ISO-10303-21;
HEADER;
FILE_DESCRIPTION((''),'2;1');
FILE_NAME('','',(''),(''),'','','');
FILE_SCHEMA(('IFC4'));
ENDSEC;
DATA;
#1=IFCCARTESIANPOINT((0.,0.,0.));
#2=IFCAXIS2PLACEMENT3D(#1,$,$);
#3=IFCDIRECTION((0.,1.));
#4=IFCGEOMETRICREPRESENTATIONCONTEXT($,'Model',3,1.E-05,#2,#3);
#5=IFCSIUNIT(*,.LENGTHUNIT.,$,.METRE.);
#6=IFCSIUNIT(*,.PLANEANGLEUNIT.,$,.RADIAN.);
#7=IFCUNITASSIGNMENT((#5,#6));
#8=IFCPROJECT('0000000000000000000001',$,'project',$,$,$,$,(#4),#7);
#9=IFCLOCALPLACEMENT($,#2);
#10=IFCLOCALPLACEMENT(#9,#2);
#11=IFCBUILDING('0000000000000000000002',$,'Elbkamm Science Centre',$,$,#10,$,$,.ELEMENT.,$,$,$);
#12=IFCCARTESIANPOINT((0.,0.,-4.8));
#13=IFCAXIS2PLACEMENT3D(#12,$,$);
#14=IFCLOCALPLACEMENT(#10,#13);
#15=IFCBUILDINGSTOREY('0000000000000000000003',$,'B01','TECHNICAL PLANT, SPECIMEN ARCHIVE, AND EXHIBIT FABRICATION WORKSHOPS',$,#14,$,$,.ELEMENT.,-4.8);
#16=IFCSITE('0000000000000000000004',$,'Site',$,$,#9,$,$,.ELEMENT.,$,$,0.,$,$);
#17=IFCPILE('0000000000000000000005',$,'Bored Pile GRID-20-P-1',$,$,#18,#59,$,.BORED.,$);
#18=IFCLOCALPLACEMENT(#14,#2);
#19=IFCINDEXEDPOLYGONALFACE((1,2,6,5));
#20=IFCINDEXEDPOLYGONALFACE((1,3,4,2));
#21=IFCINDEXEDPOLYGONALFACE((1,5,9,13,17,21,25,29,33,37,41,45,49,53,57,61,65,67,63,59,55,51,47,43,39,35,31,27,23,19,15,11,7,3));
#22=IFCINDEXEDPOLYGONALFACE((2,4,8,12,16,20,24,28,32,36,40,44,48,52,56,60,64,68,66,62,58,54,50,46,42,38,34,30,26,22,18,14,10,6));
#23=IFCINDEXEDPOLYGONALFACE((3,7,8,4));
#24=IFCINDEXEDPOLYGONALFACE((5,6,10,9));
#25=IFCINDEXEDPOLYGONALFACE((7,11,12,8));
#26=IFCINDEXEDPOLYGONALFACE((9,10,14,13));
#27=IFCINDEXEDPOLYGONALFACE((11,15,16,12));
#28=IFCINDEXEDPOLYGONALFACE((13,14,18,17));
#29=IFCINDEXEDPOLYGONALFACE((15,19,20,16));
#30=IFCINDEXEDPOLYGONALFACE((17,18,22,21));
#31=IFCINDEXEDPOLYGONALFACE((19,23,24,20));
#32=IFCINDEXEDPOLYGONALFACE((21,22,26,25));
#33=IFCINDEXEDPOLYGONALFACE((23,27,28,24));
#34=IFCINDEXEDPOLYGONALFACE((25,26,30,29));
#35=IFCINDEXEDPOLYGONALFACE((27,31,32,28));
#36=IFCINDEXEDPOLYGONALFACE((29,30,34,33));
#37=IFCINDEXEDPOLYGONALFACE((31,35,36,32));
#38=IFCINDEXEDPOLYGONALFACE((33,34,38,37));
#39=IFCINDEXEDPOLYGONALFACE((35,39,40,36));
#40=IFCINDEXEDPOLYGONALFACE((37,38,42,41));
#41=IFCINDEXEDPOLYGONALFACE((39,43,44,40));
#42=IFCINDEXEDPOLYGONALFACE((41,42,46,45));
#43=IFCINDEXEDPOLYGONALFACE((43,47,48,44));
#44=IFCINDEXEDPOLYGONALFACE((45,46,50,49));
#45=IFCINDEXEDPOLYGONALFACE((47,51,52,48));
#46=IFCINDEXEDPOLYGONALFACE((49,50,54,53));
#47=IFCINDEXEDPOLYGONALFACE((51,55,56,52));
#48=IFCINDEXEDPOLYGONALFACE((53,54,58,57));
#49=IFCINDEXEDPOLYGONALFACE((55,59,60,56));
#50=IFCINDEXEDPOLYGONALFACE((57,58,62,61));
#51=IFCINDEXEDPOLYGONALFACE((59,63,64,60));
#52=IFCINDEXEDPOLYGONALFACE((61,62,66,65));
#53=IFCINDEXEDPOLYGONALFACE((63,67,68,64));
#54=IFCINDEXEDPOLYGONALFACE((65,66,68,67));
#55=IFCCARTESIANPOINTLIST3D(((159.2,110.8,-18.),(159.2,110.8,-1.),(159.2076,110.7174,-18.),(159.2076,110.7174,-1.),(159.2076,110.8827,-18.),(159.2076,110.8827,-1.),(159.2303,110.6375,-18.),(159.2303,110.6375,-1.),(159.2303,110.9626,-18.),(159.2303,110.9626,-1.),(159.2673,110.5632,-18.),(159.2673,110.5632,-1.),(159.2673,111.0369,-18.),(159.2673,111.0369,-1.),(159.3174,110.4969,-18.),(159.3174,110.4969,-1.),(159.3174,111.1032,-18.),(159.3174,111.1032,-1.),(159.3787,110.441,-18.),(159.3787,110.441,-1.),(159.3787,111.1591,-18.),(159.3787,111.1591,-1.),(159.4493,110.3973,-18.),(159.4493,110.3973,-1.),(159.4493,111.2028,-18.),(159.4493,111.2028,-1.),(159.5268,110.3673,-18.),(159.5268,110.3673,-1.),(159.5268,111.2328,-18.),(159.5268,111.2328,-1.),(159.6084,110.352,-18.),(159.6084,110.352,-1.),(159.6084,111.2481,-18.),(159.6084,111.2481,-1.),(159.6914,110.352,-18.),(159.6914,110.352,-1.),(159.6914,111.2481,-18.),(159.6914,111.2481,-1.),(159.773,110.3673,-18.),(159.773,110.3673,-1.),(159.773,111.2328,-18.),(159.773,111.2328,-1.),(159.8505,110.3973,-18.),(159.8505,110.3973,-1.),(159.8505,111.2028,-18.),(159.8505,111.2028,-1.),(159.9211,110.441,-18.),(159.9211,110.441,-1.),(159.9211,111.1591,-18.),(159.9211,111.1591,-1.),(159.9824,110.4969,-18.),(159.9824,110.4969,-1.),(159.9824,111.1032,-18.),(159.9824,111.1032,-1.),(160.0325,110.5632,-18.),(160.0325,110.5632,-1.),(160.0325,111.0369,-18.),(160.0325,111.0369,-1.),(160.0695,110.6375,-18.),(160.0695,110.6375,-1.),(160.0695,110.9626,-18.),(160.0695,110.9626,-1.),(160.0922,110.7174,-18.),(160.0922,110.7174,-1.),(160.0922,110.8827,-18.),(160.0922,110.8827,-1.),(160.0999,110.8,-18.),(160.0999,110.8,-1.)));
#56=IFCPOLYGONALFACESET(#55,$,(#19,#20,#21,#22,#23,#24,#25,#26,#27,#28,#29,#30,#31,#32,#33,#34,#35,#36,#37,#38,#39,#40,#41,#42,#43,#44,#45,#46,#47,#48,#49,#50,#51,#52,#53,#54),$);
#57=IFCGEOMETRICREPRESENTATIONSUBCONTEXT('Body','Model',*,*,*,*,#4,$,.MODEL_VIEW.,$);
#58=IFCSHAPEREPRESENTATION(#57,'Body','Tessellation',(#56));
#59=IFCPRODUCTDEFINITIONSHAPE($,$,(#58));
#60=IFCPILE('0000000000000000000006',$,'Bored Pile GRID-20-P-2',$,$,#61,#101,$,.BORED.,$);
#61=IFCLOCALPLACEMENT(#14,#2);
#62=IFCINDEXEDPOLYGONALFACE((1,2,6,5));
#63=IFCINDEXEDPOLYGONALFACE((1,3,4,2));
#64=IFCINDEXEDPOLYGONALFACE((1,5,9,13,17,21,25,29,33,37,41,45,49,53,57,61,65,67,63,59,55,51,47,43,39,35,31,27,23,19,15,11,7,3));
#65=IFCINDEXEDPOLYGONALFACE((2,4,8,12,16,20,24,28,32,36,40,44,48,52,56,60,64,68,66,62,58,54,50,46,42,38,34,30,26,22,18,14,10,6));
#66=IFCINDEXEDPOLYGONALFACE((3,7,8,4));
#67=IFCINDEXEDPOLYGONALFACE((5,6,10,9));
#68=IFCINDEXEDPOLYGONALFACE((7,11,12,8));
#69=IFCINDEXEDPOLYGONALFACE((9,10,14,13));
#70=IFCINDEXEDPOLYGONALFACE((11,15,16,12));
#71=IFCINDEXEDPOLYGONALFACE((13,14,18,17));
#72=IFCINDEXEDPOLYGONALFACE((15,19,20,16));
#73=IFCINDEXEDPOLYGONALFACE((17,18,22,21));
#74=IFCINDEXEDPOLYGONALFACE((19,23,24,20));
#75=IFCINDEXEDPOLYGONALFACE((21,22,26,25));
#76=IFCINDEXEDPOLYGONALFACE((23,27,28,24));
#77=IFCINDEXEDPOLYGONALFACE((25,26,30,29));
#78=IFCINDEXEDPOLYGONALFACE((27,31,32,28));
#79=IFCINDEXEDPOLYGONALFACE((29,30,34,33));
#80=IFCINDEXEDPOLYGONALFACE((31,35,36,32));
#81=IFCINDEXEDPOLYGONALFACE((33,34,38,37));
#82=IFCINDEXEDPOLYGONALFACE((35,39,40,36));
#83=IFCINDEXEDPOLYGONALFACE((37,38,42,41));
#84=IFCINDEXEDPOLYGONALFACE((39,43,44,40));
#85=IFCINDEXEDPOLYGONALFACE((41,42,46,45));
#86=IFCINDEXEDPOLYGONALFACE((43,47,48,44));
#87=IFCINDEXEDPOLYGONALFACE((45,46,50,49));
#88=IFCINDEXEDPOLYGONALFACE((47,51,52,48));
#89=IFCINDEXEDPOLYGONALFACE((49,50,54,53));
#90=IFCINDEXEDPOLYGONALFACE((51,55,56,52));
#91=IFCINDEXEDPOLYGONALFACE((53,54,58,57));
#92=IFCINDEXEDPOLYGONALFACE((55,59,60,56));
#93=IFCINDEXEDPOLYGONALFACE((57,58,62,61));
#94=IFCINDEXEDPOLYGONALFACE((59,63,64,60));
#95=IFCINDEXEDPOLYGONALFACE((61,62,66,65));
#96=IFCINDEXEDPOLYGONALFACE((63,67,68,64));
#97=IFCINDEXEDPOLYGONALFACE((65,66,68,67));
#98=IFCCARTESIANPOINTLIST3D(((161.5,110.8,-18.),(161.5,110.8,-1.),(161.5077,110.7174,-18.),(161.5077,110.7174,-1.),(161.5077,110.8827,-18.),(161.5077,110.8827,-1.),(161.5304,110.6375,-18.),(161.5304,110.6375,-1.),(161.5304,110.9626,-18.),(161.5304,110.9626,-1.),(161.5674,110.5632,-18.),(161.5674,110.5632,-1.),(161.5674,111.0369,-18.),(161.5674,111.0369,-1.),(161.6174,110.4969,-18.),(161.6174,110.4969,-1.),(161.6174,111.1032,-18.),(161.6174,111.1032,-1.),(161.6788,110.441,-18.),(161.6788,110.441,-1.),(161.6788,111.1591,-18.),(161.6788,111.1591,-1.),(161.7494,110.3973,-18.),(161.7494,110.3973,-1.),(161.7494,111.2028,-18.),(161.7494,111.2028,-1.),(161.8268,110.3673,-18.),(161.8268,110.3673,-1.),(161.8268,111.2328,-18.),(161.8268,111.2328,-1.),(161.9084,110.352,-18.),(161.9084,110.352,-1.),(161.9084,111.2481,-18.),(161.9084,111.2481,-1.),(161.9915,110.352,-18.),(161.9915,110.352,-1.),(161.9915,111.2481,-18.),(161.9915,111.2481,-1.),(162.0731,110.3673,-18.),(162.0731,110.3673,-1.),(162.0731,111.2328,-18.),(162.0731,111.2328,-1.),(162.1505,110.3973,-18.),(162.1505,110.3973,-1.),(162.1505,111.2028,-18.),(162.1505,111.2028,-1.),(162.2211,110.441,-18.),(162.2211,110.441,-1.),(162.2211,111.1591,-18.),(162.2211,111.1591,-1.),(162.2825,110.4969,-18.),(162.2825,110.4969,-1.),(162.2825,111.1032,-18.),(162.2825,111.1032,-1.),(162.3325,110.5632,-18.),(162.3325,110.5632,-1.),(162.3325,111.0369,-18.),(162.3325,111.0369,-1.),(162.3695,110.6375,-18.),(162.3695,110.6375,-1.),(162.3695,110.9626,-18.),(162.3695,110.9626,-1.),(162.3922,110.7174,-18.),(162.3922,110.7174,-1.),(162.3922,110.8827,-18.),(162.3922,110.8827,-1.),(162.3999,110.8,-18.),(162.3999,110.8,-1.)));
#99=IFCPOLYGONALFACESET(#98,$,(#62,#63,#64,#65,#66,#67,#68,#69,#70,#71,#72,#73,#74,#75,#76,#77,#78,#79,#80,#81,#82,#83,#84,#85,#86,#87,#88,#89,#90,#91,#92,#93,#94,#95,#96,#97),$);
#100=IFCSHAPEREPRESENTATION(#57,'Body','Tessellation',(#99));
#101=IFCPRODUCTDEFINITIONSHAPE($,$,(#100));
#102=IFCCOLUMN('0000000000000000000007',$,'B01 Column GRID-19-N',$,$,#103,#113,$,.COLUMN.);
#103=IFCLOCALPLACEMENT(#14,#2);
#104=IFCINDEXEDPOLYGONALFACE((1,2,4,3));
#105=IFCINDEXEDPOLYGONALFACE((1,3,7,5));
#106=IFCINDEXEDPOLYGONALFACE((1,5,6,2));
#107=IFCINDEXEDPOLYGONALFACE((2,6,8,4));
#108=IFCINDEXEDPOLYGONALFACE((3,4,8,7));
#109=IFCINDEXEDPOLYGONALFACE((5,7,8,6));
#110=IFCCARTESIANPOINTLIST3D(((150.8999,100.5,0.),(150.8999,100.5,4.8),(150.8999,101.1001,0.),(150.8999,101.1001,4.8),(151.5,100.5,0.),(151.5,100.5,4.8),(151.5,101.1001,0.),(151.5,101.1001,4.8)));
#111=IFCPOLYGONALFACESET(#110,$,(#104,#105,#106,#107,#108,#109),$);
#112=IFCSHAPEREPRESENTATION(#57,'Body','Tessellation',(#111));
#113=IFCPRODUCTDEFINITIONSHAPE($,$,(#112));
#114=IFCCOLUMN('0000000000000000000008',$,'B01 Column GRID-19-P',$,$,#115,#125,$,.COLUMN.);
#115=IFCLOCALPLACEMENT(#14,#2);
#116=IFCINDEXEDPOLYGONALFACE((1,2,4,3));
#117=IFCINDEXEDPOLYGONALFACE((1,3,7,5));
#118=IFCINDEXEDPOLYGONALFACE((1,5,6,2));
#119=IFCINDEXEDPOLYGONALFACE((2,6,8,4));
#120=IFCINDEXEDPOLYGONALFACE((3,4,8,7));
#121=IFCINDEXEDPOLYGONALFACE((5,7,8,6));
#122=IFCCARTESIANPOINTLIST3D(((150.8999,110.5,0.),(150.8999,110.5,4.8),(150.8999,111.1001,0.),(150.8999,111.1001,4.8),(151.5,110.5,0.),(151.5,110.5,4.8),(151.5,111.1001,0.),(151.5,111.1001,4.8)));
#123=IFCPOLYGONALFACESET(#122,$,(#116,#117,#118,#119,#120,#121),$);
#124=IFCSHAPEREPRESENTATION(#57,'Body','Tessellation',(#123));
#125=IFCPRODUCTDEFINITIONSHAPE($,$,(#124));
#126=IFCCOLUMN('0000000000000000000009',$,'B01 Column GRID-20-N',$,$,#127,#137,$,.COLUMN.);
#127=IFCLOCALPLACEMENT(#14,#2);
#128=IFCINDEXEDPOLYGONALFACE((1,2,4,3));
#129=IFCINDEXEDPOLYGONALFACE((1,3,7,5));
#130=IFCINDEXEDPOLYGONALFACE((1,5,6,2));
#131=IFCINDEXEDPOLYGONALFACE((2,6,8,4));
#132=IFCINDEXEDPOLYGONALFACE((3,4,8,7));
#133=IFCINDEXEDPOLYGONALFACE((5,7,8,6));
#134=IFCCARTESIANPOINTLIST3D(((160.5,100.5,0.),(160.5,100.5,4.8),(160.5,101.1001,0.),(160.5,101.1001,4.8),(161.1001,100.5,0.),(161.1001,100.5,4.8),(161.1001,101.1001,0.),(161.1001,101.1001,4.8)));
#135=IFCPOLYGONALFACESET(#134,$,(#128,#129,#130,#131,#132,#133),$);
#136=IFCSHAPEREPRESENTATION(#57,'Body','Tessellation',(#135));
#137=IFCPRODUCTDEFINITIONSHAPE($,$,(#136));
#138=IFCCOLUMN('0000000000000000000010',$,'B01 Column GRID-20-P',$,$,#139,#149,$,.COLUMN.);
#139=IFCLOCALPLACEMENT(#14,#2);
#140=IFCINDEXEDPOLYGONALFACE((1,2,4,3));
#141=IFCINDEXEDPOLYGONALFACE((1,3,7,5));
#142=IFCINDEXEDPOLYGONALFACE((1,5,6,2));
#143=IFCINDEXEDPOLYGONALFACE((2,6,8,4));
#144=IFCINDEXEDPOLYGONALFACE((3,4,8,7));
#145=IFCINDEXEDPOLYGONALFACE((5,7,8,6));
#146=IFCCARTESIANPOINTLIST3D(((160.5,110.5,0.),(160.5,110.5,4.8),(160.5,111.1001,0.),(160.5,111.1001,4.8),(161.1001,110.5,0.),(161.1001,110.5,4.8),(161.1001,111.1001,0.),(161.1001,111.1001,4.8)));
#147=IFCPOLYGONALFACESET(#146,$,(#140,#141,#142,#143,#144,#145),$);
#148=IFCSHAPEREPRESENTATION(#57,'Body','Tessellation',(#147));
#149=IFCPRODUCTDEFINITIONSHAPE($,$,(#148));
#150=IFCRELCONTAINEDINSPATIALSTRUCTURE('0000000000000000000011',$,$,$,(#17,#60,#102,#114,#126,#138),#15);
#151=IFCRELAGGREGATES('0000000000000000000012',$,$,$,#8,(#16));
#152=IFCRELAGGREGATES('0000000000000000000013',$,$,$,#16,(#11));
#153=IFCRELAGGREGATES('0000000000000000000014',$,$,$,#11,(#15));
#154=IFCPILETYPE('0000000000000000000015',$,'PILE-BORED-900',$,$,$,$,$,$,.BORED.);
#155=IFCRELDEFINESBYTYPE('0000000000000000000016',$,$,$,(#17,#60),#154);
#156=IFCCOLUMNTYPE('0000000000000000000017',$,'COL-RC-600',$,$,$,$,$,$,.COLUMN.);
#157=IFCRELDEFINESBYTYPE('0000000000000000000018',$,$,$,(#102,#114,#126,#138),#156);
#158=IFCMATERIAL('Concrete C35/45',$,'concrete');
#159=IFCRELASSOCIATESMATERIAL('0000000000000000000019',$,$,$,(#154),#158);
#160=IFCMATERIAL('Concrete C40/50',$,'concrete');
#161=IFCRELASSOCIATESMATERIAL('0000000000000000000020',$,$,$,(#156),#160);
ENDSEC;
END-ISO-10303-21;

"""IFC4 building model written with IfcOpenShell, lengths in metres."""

from ifc_helpers import new_model, si_unit, direction, frame, origin, origin_2d, place, context, subcontext, project, spatial, rectangle, circle, extrude, material, material_profile, profile_set, type_object, element, save


model = new_model("IFC4")

# Units and contexts
model_context = context("Model", 3, precision=1e-05, world=origin(), true_north=direction((0.0, 1.0)))
body_context = subcontext(model_context, "Body", "Model", "MODEL_VIEW")
ifc_project = project(units=[si_unit("LENGTHUNIT", "METRE"), si_unit("PLANEANGLEUNIT", "RADIAN")], contexts=[model_context])

# Site, building, storey
site_placement = place(None, origin())
site = spatial("IfcSite", under=ifc_project, at=site_placement, Name="Site", CompositionType="ELEMENT", RefElevation=0.0)
building_placement = place(site_placement, origin())
building = spatial("IfcBuilding", under=site, at=building_placement, Name="Elbkamm Science Centre", CompositionType="ELEMENT")
storey_placement = place(building_placement, frame((0.0, 0.0, -4.8)))
storey = spatial("IfcBuildingStorey", under=building, at=storey_placement, Name="B01", Description="TECHNICAL PLANT, SPECIMEN ARCHIVE, AND EXHIBIT FABRICATION WORKSHOPS", CompositionType="ELEMENT", Elevation=-4.8)

# Shared definitions
ifc_material_1 = material(Name="Concrete C35/45", Category="concrete")

# Piles
ifc_material_profile_1 = material_profile(ifc_material_1, circle(Radius=0.45, at=origin_2d()), Name="PILE D900")
ifc_profile_set_1 = profile_set([ifc_material_profile_1], Name="Concrete C35/45")
pile_type = type_object("IfcPileType", Name="PILE-BORED-900", PredefinedType="BORED", material=ifc_profile_set_1)
for number, where, z_axis, x_axis, name in (
    (1, (159.6499, 110.8, -1.0), (0.0, 0.0, -1.0), (1.0, 0.0, 0.0), "Bored Pile GRID-20-P-1"),
    (2, (161.95, 110.8, -1.0), (0.0, 0.0, -1.0), (1.0, 0.0, 0.0), "Bored Pile GRID-20-P-2"),
):
    element("IfcPile", number, at=place(storey_placement, frame(where, z_axis=z_axis, x_axis=x_axis)), inside=storey, type_object=pile_type, Name=name, PredefinedType="BORED", context=body_context, shape_type="SweptSolid", body=[
        extrude(circle(Radius=0.45, at=origin_2d()), origin(), (0.0, 0.0, 1.0), 17.0),
    ])

# Columns
ifc_material_2 = material(Name="Concrete C40/50", Category="concrete")
ifc_material_profile_2 = material_profile(ifc_material_2, rectangle(XDim=0.6001, YDim=0.6001, at=origin_2d()), Name="RC 600x600")
ifc_profile_set_2 = profile_set([ifc_material_profile_2], Name="Concrete C40/50")
column_type = type_object("IfcColumnType", Name="COL-RC-600", PredefinedType="COLUMN", material=ifc_profile_set_2)
for number, where, z_axis, x_axis, name in (
    (3, (151.2, 100.8, 0.0), (0.0, 0.0, 1.0), (1.0, 0.0, 0.0), "B01 Column GRID-19-N"),
    (4, (151.2, 110.8, 0.0), (0.0, 0.0, 1.0), (1.0, 0.0, 0.0), "B01 Column GRID-19-P"),
    (5, (160.8, 100.8, 0.0), (0.0, 0.0, 1.0), (1.0, 0.0, 0.0), "B01 Column GRID-20-N"),
    (6, (160.8, 110.8, 0.0), (0.0, 0.0, 1.0), (1.0, 0.0, 0.0), "B01 Column GRID-20-P"),
):
    element("IfcColumn", number, at=place(storey_placement, frame(where, z_axis=z_axis, x_axis=x_axis)), inside=storey, type_object=column_type, Name=name, PredefinedType="COLUMN", context=body_context, shape_type="SweptSolid", body=[
        extrude(rectangle(XDim=0.6001, YDim=0.6001, at=origin_2d()), origin(), (0.0, 0.0, 1.0), 4.8),
    ])

save(model, "model.ifc")
